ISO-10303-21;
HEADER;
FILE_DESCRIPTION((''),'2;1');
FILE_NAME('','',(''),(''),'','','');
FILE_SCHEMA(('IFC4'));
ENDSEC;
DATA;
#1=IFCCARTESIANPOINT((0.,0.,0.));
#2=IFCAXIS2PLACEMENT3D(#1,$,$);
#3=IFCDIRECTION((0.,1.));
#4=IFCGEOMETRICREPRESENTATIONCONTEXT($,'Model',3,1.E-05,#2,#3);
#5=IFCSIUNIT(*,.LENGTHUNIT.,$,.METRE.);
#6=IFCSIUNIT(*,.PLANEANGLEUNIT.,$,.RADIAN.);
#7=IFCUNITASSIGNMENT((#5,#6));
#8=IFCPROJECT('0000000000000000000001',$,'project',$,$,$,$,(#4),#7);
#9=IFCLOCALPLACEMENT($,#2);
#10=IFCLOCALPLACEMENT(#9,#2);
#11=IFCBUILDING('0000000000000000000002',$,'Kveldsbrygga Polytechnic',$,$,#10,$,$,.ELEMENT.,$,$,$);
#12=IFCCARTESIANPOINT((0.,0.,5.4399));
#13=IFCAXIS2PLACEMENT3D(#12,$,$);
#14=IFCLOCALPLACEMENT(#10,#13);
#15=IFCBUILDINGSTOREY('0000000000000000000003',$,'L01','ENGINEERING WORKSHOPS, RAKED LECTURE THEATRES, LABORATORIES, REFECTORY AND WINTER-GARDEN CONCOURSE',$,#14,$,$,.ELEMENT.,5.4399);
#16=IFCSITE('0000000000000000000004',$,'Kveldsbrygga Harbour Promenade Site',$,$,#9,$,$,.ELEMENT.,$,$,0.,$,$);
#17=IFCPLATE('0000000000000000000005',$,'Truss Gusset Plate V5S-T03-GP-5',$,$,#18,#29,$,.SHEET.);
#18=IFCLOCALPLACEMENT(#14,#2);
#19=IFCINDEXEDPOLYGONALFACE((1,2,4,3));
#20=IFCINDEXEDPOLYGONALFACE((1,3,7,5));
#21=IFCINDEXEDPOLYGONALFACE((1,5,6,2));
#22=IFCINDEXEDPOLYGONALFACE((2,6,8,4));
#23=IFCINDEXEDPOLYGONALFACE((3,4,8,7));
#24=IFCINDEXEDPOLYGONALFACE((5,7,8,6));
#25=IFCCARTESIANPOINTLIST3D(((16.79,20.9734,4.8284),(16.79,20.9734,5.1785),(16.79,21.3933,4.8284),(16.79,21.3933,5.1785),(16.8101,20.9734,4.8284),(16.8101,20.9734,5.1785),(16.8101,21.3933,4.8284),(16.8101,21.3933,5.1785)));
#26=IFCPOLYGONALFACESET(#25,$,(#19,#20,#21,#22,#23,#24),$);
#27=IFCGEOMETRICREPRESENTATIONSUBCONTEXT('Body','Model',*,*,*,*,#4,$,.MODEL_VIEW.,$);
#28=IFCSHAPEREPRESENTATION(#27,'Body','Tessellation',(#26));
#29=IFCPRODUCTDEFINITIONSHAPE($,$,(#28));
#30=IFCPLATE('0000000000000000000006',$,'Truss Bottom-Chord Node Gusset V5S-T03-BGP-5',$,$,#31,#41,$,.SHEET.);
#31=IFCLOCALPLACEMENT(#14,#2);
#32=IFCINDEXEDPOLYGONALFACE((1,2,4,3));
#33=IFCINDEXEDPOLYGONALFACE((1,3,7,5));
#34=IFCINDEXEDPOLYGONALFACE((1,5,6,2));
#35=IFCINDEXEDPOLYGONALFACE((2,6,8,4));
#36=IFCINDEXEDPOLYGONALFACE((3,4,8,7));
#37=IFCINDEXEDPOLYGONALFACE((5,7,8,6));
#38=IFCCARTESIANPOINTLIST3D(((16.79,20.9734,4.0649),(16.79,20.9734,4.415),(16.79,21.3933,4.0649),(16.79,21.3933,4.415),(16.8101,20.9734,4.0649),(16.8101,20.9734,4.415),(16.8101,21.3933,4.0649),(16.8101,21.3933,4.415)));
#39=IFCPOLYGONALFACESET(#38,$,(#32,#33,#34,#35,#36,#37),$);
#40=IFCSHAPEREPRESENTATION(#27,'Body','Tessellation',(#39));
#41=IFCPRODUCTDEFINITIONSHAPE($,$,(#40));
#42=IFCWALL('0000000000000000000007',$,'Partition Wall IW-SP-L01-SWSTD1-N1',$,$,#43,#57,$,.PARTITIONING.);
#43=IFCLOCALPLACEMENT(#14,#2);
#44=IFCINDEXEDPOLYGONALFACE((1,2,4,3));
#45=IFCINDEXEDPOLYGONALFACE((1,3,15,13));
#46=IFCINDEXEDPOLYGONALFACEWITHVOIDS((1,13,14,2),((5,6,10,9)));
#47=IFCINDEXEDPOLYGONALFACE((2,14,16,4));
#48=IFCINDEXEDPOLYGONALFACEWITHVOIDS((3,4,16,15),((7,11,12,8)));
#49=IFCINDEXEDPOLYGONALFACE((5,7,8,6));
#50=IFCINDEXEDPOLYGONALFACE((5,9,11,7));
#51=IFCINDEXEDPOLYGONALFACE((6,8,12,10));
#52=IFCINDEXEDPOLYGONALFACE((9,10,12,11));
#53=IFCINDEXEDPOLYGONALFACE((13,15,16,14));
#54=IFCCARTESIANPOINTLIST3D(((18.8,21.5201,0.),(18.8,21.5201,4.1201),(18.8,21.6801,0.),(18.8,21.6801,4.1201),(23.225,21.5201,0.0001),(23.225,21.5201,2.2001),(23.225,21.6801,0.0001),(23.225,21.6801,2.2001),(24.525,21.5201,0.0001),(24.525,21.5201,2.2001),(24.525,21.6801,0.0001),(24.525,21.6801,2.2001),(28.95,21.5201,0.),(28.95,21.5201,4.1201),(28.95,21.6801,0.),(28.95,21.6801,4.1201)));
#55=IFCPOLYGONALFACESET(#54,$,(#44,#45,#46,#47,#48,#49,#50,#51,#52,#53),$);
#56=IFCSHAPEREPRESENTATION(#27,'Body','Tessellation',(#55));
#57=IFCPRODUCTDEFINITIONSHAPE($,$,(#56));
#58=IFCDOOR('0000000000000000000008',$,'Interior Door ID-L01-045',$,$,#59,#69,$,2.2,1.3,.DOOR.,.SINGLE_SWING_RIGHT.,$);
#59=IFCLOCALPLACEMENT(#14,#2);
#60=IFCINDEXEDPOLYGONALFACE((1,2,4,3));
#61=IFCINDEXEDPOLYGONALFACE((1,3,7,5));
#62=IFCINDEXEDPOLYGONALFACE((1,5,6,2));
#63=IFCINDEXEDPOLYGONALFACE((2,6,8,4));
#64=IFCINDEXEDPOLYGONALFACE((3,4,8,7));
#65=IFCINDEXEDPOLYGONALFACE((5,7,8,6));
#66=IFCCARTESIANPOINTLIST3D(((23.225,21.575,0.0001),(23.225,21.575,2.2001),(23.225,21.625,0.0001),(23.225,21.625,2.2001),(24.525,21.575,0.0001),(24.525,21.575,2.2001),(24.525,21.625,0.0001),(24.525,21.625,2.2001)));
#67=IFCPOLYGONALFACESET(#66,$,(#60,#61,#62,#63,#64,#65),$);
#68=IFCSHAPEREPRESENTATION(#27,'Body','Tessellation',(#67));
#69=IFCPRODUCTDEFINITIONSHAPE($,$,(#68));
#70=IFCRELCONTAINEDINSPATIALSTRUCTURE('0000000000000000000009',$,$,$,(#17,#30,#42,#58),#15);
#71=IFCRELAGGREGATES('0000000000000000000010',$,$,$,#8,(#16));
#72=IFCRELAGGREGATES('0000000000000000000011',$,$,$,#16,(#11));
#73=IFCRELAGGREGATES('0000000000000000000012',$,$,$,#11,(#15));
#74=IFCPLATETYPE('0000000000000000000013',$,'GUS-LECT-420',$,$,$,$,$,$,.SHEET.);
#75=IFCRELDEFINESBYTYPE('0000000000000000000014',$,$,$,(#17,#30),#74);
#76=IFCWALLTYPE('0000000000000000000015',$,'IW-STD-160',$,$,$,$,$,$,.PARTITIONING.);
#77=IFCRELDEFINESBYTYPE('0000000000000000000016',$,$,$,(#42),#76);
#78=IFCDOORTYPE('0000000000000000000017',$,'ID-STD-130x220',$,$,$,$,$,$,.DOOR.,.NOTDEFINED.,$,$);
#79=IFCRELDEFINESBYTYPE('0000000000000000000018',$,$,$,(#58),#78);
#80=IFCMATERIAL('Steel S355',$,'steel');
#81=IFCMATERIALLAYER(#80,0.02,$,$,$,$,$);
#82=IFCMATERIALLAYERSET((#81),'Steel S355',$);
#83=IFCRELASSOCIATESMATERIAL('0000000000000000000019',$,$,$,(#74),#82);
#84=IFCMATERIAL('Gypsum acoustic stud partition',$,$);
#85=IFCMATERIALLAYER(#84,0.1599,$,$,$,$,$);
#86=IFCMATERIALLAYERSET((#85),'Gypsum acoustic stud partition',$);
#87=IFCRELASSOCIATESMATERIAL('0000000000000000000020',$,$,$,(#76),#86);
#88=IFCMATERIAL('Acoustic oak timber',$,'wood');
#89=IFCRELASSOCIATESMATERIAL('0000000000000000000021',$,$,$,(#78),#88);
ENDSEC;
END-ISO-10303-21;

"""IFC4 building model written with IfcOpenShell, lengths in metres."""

from ifc_helpers import new_model, si_unit, direction, frame, frame_2d, origin, origin_2d, place, context, subcontext, project, spatial, rectangle, extrude, material, layer, layer_set, type_object, element, fill, save


model = new_model("IFC4")

# Units and contexts
model_context = context("Model", 3, precision=1e-05, world=origin(), true_north=direction((0.0, 1.0)))
body_context = subcontext(model_context, "Body", "Model", "MODEL_VIEW")
ifc_project = project(units=[si_unit("LENGTHUNIT", "METRE"), si_unit("PLANEANGLEUNIT", "RADIAN")], contexts=[model_context])

# Site, building, storey
site_placement = place(None, origin())
site = spatial("IfcSite", under=ifc_project, at=site_placement, Name="Kveldsbrygga Harbour Promenade Site", CompositionType="ELEMENT", RefElevation=0.0)
building_placement = place(site_placement, origin())
building = spatial("IfcBuilding", under=site, at=building_placement, Name="Kveldsbrygga Polytechnic", CompositionType="ELEMENT")
storey_placement = place(building_placement, frame((0.0, 0.0, 5.4399)))
storey = spatial("IfcBuildingStorey", under=building, at=storey_placement, Name="L01", Description="ENGINEERING WORKSHOPS, RAKED LECTURE THEATRES, LABORATORIES, REFECTORY AND WINTER-GARDEN CONCOURSE", CompositionType="ELEMENT", Elevation=5.4399)

# Shared definitions
ifc_material_1 = material(Name="Steel S355", Category="steel")

# Plates
ifc_layer_1 = layer(ifc_material_1, 0.02)
ifc_layer_set_1 = layer_set([ifc_layer_1], Name="Steel S355")
plate_type = type_object("IfcPlateType", Name="GUS-LECT-420", PredefinedType="SHEET", material=ifc_layer_set_1)
for number, where, z_axis, x_axis, name in (
    (1, (16.8, 21.1833, 4.8284), (0.0, 0.0, 1.0), (1.0, 0.0, 0.0), "Truss Gusset Plate V5S-T03-GP-5"),
    (2, (16.8, 21.1833, 4.0649), (0.0, 0.0, 1.0), (1.0, 0.0, 0.0), "Truss Bottom-Chord Node Gusset V5S-T03-BGP-5"),
):
    element("IfcPlate", number, at=place(storey_placement, frame(where, z_axis=z_axis, x_axis=x_axis)), inside=storey, type_object=plate_type, Name=name, PredefinedType="SHEET", context=body_context, shape_type="SweptSolid", body=[
        extrude(rectangle(XDim=0.02, YDim=0.4199, at=origin_2d()), origin(), (0.0, 0.0, 1.0), 0.3501),
    ])

# Wall, opening, door
ifc_material_2 = material(Name="Gypsum acoustic stud partition")
ifc_layer_2 = layer(ifc_material_2, 0.1599)
ifc_layer_set_2 = layer_set([ifc_layer_2], Name="Gypsum acoustic stud partition")
wall_type = type_object("IfcWallType", Name="IW-STD-160", PredefinedType="PARTITIONING", material=ifc_layer_set_2)
wall_placement = place(storey_placement, frame((18.8, 21.6001, 0.0), z_axis=(0.0, 0.0, 1.0), x_axis=(1.0, 0.0, 0.0)))
wall = element("IfcWall", 3, at=wall_placement, inside=storey, type_object=wall_type, Name="Partition Wall IW-SP-L01-SWSTD1-N1", PredefinedType="PARTITIONING", context=body_context, shape_type="SweptSolid", body=[
    extrude(rectangle(XDim=10.1499, YDim=0.1599, at=frame_2d((5.075, 0.0))), origin(), (0.0, 0.0, 1.0), 4.1201),
])
opening_placement = place(wall_placement, frame((4.425, 0.0, 0.0)))
opening = element("IfcOpeningElement", 4, at=opening_placement, cuts=wall, PredefinedType="OPENING", context=body_context, shape_type="SweptSolid", body=[
    extrude(rectangle(XDim=1.3, YDim=2.2, at=frame_2d((0.6499, 1.1001))), frame((0.0, 0.0898, 0.0), z_axis=(0.0, -1.0, 0.0), x_axis=(1.0, 0.0, 0.0)), (0.0, 0.0, 1.0), 0.1799),
])
ifc_material_3 = material(Name="Acoustic oak timber", Category="wood")
door_type = type_object("IfcDoorType", Name="ID-STD-130x220", OperationType="NOTDEFINED", PredefinedType="DOOR", material=ifc_material_3)
door_placement = place(opening_placement, origin())
door = element("IfcDoor", 5, at=door_placement, inside=storey, type_object=door_type, Name="Interior Door ID-L01-045", OperationType="SINGLE_SWING_RIGHT", OverallHeight=2.2, OverallWidth=1.3, PredefinedType="DOOR", context=body_context, shape_type="SweptSolid", body=[
    extrude(rectangle(XDim=1.3, YDim=2.2, at=frame_2d((0.6499, 1.1001))), frame((0.0, 0.0249, 0.0), z_axis=(0.0, -1.0, 0.0), x_axis=(1.0, 0.0, 0.0)), (0.0, 0.0, 1.0), 0.05),
])
fill(opening, door)

save(model, "model.ifc")
